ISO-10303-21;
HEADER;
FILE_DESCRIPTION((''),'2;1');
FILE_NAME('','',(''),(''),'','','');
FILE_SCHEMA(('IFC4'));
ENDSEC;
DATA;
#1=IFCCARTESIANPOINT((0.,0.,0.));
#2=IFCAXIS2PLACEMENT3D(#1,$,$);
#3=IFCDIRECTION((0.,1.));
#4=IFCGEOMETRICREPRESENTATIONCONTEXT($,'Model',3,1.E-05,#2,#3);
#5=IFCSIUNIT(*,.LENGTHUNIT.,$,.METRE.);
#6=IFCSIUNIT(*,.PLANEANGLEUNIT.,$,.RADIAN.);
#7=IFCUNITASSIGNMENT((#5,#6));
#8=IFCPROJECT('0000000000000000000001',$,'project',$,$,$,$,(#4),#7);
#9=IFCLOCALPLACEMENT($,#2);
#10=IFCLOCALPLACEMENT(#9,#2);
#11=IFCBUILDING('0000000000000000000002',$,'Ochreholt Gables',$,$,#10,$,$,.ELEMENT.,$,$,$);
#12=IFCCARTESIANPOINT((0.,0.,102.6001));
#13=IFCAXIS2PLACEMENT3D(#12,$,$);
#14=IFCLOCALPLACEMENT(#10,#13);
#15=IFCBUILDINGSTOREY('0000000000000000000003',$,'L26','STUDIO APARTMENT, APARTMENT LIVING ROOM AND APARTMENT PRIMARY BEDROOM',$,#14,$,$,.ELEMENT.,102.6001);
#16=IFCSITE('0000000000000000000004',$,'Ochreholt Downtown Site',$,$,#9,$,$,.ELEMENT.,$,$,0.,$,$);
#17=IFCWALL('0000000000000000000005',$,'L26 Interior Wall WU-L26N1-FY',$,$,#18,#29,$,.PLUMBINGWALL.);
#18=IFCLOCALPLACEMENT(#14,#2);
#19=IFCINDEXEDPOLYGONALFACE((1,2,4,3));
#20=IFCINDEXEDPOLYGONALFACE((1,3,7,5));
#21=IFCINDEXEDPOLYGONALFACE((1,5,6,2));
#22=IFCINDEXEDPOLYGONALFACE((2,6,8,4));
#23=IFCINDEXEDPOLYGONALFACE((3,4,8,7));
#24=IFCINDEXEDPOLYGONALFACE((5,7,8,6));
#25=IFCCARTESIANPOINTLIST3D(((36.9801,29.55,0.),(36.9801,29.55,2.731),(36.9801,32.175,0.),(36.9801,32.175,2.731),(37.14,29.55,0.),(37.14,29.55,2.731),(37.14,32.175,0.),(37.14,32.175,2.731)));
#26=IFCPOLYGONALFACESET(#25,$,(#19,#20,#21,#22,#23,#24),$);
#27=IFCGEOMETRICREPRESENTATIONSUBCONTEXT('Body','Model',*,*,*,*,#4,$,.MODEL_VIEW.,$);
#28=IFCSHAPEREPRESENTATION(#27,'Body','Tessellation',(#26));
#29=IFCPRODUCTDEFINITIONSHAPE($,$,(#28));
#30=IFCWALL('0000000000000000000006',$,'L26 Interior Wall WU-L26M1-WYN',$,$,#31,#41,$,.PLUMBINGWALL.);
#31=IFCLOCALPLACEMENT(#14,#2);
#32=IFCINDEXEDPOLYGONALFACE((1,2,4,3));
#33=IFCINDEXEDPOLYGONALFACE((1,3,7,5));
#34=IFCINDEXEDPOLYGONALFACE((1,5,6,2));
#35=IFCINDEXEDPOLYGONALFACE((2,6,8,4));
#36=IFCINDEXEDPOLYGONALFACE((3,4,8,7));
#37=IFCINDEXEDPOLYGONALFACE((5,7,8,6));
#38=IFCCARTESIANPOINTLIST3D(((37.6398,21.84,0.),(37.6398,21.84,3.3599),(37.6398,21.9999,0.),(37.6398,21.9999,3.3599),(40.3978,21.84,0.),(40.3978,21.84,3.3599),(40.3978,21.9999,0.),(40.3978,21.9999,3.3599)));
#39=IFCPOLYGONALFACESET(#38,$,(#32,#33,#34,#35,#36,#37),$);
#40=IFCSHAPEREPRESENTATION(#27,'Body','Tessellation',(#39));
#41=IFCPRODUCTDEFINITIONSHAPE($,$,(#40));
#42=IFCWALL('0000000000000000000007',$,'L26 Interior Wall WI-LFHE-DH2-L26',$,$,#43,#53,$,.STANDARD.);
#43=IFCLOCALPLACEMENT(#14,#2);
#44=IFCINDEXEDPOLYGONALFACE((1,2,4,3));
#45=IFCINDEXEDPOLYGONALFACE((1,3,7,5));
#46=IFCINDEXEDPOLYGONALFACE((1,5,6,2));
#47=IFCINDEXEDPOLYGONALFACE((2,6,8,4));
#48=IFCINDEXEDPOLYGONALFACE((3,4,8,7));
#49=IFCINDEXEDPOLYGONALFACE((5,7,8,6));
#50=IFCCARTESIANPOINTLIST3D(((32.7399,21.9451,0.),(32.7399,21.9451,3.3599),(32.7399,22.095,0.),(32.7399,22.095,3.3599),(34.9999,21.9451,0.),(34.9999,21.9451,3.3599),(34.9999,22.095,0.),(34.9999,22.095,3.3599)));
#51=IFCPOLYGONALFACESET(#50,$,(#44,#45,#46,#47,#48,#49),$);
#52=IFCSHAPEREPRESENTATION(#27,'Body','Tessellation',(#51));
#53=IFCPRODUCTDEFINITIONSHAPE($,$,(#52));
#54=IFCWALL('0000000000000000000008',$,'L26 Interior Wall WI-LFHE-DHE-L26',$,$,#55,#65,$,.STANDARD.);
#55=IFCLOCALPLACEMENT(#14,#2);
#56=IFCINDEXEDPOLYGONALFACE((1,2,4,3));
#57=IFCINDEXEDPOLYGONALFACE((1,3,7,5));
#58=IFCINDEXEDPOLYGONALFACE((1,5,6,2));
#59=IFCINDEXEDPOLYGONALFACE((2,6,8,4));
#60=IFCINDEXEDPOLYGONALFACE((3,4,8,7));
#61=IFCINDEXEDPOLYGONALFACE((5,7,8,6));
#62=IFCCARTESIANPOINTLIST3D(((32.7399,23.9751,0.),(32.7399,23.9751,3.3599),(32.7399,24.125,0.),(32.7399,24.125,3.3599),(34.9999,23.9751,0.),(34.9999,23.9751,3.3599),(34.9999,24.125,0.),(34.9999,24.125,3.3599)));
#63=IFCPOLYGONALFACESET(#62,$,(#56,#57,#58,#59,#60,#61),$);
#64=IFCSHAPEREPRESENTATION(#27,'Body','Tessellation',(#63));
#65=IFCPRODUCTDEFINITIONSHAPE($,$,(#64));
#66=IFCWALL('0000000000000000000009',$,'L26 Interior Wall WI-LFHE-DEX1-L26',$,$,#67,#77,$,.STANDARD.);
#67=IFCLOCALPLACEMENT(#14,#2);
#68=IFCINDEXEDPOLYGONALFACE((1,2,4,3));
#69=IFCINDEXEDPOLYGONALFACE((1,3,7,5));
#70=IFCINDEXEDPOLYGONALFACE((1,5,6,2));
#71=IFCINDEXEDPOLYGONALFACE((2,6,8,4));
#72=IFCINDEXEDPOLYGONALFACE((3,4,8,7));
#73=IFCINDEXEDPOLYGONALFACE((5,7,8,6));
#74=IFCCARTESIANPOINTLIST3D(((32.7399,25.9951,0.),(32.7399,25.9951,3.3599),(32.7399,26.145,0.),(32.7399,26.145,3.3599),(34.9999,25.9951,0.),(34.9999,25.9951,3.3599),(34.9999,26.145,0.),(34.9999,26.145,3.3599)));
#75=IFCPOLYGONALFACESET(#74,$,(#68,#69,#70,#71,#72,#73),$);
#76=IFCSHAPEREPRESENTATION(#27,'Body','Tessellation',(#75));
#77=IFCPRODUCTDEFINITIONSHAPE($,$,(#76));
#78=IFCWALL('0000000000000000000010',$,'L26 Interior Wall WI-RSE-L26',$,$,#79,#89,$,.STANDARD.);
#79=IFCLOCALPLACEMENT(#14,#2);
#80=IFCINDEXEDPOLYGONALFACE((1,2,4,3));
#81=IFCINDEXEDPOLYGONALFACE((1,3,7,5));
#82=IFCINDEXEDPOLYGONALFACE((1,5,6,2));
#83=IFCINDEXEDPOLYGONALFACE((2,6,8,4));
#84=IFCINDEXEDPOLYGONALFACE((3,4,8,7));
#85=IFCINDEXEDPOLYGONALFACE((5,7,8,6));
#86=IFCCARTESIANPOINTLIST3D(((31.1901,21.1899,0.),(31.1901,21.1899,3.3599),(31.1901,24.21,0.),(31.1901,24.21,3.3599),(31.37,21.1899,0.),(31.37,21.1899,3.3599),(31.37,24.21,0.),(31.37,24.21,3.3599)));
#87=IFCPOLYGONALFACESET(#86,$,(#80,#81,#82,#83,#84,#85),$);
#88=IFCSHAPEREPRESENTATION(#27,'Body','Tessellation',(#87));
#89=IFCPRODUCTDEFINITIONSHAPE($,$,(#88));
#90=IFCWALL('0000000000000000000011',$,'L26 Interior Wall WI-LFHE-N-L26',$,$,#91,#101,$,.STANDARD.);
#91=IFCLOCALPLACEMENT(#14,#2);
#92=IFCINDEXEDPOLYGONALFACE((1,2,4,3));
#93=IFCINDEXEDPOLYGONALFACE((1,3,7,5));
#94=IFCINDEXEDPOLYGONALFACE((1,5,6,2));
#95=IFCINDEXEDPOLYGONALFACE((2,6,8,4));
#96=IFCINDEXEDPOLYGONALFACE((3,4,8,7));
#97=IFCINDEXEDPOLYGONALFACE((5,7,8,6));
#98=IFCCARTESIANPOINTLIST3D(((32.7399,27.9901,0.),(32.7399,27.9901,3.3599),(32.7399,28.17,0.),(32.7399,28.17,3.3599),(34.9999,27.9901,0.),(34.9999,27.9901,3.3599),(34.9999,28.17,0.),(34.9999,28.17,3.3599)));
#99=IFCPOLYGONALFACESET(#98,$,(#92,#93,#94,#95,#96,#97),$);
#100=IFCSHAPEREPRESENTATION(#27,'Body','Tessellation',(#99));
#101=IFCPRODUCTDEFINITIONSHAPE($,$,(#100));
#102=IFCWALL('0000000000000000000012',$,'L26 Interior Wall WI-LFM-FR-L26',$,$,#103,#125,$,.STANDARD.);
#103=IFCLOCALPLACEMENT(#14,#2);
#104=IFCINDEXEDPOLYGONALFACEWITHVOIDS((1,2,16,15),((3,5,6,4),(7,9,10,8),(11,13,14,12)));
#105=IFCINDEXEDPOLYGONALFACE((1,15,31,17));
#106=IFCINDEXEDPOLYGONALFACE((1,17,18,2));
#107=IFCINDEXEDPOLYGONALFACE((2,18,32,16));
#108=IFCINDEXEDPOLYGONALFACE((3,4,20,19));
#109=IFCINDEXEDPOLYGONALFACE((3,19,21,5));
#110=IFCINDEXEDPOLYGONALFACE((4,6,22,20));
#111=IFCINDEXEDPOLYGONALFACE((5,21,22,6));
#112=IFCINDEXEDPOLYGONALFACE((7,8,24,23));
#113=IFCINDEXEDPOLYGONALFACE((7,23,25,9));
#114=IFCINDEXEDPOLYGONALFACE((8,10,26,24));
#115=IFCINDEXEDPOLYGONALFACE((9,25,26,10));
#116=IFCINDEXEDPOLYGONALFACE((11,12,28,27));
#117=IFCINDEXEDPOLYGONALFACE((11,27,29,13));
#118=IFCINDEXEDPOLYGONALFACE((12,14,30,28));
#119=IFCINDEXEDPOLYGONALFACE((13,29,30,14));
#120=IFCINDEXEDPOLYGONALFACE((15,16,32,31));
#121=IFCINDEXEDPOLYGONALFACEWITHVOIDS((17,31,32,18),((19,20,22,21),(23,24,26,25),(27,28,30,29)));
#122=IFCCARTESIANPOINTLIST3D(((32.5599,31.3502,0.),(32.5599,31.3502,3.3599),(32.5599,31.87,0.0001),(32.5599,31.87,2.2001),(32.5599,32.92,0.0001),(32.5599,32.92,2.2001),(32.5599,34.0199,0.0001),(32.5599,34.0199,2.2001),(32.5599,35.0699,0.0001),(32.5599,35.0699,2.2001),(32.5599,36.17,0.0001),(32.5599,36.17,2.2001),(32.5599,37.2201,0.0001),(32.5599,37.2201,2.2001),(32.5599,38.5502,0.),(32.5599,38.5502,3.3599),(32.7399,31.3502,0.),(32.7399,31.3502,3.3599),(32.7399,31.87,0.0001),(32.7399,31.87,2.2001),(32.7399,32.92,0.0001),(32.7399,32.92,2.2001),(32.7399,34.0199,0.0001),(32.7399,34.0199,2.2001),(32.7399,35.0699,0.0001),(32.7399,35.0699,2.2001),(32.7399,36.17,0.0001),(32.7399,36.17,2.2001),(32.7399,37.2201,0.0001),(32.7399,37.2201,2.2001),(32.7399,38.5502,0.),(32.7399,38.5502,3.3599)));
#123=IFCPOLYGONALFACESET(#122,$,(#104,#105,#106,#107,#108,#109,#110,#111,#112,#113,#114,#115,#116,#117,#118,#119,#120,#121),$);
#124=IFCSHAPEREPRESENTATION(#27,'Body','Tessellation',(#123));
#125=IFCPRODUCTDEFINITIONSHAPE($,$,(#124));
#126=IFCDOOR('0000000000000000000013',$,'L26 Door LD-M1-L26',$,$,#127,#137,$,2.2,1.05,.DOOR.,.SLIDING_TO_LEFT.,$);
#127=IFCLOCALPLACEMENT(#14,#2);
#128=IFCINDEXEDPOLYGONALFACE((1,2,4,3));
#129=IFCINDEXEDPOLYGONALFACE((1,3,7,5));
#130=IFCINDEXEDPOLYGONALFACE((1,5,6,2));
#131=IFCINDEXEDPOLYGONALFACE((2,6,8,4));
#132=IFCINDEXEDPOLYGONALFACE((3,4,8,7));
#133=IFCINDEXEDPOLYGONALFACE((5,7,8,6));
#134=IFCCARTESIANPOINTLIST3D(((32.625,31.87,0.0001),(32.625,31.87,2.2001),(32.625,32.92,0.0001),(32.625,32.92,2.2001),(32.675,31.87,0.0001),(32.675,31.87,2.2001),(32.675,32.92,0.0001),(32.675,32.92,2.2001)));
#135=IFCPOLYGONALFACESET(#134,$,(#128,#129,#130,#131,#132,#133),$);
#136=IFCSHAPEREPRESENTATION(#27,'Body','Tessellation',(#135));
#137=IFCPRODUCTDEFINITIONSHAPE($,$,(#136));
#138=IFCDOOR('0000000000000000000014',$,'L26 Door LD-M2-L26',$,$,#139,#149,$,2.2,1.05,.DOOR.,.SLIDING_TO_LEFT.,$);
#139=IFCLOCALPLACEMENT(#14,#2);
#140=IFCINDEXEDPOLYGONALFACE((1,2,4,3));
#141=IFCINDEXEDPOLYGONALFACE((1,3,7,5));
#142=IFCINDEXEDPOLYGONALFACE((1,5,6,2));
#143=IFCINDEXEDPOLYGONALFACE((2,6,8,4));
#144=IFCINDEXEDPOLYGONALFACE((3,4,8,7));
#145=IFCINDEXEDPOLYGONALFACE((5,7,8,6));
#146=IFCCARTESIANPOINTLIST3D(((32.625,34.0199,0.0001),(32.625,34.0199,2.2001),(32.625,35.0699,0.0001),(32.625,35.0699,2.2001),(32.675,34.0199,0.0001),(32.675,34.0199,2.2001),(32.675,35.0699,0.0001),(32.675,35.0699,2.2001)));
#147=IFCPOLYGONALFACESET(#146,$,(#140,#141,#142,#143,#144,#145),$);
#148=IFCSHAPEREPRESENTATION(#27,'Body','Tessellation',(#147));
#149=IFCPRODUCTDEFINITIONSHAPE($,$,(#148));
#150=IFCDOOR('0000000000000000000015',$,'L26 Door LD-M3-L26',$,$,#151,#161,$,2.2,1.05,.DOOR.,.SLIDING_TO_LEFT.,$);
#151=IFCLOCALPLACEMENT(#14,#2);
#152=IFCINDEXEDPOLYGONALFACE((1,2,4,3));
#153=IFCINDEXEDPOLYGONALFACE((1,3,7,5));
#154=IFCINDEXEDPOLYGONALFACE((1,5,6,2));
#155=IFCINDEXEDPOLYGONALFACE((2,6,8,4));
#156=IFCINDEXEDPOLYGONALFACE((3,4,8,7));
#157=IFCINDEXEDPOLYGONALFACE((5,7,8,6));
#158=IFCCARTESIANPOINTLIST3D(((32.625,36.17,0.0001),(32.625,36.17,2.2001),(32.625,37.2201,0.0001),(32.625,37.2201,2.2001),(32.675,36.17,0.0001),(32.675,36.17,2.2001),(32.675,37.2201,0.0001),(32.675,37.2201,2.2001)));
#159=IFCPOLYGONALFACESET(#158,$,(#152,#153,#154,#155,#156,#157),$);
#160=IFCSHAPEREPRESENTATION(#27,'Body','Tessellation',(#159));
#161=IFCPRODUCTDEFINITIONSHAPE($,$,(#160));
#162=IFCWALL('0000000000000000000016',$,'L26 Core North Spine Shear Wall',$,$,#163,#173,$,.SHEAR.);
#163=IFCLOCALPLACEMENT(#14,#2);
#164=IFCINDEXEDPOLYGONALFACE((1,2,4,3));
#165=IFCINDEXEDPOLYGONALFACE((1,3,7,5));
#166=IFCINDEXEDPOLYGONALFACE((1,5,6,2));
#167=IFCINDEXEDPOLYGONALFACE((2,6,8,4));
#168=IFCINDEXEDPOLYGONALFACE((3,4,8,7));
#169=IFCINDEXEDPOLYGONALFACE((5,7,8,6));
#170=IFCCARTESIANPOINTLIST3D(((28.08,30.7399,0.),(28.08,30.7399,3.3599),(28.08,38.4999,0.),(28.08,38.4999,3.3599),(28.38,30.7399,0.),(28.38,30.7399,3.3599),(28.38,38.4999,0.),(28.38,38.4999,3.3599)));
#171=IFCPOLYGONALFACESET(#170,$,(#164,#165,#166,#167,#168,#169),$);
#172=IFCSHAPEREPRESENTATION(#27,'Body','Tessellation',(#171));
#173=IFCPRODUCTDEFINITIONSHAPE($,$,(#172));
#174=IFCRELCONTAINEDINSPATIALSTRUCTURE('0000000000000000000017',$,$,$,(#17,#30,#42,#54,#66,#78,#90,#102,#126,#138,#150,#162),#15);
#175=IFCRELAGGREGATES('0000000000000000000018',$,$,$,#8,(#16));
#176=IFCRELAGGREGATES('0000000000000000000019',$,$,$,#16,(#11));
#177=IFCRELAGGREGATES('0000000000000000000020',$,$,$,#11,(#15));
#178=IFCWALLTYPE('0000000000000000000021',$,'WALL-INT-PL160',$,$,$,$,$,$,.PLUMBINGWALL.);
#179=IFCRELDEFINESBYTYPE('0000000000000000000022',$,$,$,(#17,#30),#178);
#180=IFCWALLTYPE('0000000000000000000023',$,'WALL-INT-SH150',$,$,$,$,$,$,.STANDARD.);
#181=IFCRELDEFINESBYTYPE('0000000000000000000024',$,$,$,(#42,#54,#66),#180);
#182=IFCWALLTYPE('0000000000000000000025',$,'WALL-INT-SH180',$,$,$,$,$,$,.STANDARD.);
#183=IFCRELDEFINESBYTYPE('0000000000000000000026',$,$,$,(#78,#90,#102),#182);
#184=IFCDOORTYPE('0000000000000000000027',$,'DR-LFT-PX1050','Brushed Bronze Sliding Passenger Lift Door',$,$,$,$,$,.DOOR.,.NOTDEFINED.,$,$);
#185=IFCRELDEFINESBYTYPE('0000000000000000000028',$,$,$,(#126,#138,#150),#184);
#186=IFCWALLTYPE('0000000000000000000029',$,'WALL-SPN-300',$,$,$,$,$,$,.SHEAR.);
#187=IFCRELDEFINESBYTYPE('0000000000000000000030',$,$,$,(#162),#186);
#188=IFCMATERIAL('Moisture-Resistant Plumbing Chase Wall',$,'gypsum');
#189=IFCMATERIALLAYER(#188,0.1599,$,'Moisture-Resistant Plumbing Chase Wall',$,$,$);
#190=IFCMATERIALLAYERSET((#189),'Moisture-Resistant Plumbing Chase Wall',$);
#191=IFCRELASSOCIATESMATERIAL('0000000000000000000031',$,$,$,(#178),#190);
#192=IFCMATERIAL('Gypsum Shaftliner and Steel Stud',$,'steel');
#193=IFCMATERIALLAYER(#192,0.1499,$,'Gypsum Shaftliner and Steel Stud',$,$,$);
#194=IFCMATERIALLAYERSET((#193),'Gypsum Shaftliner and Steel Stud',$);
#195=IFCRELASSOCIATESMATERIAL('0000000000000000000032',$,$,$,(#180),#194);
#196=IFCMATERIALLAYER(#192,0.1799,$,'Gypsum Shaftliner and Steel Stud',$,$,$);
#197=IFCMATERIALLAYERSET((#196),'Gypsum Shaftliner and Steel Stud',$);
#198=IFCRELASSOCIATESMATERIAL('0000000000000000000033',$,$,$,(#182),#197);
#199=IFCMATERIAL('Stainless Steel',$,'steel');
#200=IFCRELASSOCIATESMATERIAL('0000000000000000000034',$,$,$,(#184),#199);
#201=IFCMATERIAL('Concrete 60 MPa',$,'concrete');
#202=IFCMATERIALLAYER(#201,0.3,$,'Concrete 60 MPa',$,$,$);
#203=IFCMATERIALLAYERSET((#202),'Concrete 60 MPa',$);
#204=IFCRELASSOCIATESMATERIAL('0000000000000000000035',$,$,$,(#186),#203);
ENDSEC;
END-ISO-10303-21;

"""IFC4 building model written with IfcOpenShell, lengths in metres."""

from ifc_helpers import new_model, si_unit, direction, frame, frame_2d, origin, place, context, subcontext, project, spatial, rectangle, extrude, material, layer, layer_set, type_object, element, fill, save


model = new_model("IFC4")

# Units and contexts
model_context = context("Model", 3, precision=1e-05, world=origin(), true_north=direction((0.0, 1.0)))
body_context = subcontext(model_context, "Body", "Model", "MODEL_VIEW")
ifc_project = project(units=[si_unit("LENGTHUNIT", "METRE"), si_unit("PLANEANGLEUNIT", "RADIAN")], contexts=[model_context])

# Site, building, storey
site_placement = place(None, origin())
site = spatial("IfcSite", under=ifc_project, at=site_placement, Name="Ochreholt Downtown Site", CompositionType="ELEMENT", RefElevation=0.0)
building_placement = place(site_placement, origin())
building = spatial("IfcBuilding", under=site, at=building_placement, Name="Ochreholt Gables", CompositionType="ELEMENT")
storey_placement = place(building_placement, frame((0.0, 0.0, 102.6001)))
storey = spatial("IfcBuildingStorey", under=building, at=storey_placement, Name="L26", Description="STUDIO APARTMENT, APARTMENT LIVING ROOM AND APARTMENT PRIMARY BEDROOM", CompositionType="ELEMENT", Elevation=102.6001)

# Shared definitions
ifc_material_1 = material(Name="Concrete 60 MPa", Category="concrete")

# Walls
ifc_material_2 = material(Name="Moisture-Resistant Plumbing Chase Wall", Category="gypsum")
ifc_layer_1 = layer(ifc_material_2, 0.1599, Name="Moisture-Resistant Plumbing Chase Wall")
ifc_layer_set_1 = layer_set([ifc_layer_1], Name="Moisture-Resistant Plumbing Chase Wall")
wall_type_1 = type_object("IfcWallType", Name="WALL-INT-PL160", PredefinedType="PLUMBINGWALL", material=ifc_layer_set_1)
wall_1_placement = place(storey_placement, frame((37.0601, 29.55, 0.0), z_axis=(0.0, 0.0, 1.0), x_axis=(0.0, 1.0, 0.0)))
element("IfcWall", 1, at=wall_1_placement, inside=storey, type_object=wall_type_1, Name="L26 Interior Wall WU-L26N1-FY", PredefinedType="PLUMBINGWALL", context=body_context, shape_type="SweptSolid", body=[
    extrude(rectangle(XDim=2.625, YDim=0.1599, at=frame_2d((1.3125, 0.0))), origin(), (0.0, 0.0, 1.0), 2.731),
])
wall_2_placement = place(storey_placement, frame((37.6399, 21.9199, 0.0), z_axis=(0.0, 0.0, 1.0), x_axis=(1.0, 0.0, 0.0)))
element("IfcWall", 2, at=wall_2_placement, inside=storey, type_object=wall_type_1, Name="L26 Interior Wall WU-L26M1-WYN", PredefinedType="PLUMBINGWALL", context=body_context, shape_type="SweptSolid", body=[
    extrude(rectangle(XDim=2.7581, YDim=0.1599, at=frame_2d((1.3789, 0.0))), origin(), (0.0, 0.0, 1.0), 3.3599),
])
ifc_material_3 = material(Name="Gypsum Shaftliner and Steel Stud", Category="steel")
ifc_layer_2 = layer(ifc_material_3, 0.1499, Name="Gypsum Shaftliner and Steel Stud")
ifc_layer_set_2 = layer_set([ifc_layer_2], Name="Gypsum Shaftliner and Steel Stud")
wall_type_2 = type_object("IfcWallType", Name="WALL-INT-SH150", PredefinedType="STANDARD", material=ifc_layer_set_2)
for number, where, z_axis, x_axis, name in (
    (3, (32.74, 22.02, 0.0), (0.0, 0.0, 1.0), (1.0, 0.0, 0.0), "L26 Interior Wall WI-LFHE-DH2-L26"),
    (4, (32.74, 24.05, 0.0), (0.0, 0.0, 1.0), (1.0, 0.0, 0.0), "L26 Interior Wall WI-LFHE-DHE-L26"),
    (5, (32.74, 26.0701, 0.0), (0.0, 0.0, 1.0), (1.0, 0.0, 0.0), "L26 Interior Wall WI-LFHE-DEX1-L26"),
):
    element("IfcWall", number, at=place(storey_placement, frame(where, z_axis=z_axis, x_axis=x_axis)), inside=storey, type_object=wall_type_2, Name=name, PredefinedType="STANDARD", context=body_context, shape_type="SweptSolid", body=[
        extrude(rectangle(XDim=2.26, YDim=0.1499, at=frame_2d((1.1299, 0.0))), origin(), (0.0, 0.0, 1.0), 3.3599),
    ])
ifc_layer_3 = layer(ifc_material_3, 0.1799, Name="Gypsum Shaftliner and Steel Stud")
ifc_layer_set_3 = layer_set([ifc_layer_3], Name="Gypsum Shaftliner and Steel Stud")
wall_type_3 = type_object("IfcWallType", Name="WALL-INT-SH180", PredefinedType="STANDARD", material=ifc_layer_set_3)
wall_3_placement = place(storey_placement, frame((31.28, 21.1899, 0.0), z_axis=(0.0, 0.0, 1.0), x_axis=(0.0, 1.0, 0.0)))
element("IfcWall", 6, at=wall_3_placement, inside=storey, type_object=wall_type_3, Name="L26 Interior Wall WI-RSE-L26", PredefinedType="STANDARD", context=body_context, shape_type="SweptSolid", body=[
    extrude(rectangle(XDim=3.02, YDim=0.1799, at=frame_2d((1.51, 0.0))), origin(), (0.0, 0.0, 1.0), 3.3599),
])
wall_4_placement = place(storey_placement, frame((32.74, 28.0801, 0.0), z_axis=(0.0, 0.0, 1.0), x_axis=(1.0, 0.0, 0.0)))
element("IfcWall", 7, at=wall_4_placement, inside=storey, type_object=wall_type_3, Name="L26 Interior Wall WI-LFHE-N-L26", PredefinedType="STANDARD", context=body_context, shape_type="SweptSolid", body=[
    extrude(rectangle(XDim=2.26, YDim=0.1799, at=frame_2d((1.1299, 0.0))), origin(), (0.0, 0.0, 1.0), 3.3599),
])

# Wall, openings, doors
wall_5_placement = place(storey_placement, frame((32.6499, 31.3501, 0.0), z_axis=(0.0, 0.0, 1.0), x_axis=(0.0, 1.0, 0.0)))
wall_5 = element("IfcWall", 8, at=wall_5_placement, inside=storey, type_object=wall_type_3, Name="L26 Interior Wall WI-LFM-FR-L26", PredefinedType="STANDARD", context=body_context, shape_type="SweptSolid", body=[
    extrude(rectangle(XDim=7.2, YDim=0.1799, at=frame_2d((3.6001, 0.0))), origin(), (0.0, 0.0, 1.0), 3.3599),
])
opening_1_placement = place(wall_5_placement, frame((0.52, 0.0, 0.0)))
opening_1 = element("IfcOpeningElement", 9, at=opening_1_placement, cuts=wall_5, PredefinedType="OPENING", context=body_context, shape_type="SweptSolid", body=[
    extrude(rectangle(XDim=1.05, YDim=2.2, at=frame_2d((0.5249, 1.1001))), frame((0.0, 0.0999, 0.0), z_axis=(0.0, -1.0, 0.0), x_axis=(1.0, 0.0, 0.0)), (0.0, 0.0, 1.0), 0.2),
])
opening_2_placement = place(wall_5_placement, frame((2.6699, 0.0, 0.0)))
opening_2 = element("IfcOpeningElement", 10, at=opening_2_placement, cuts=wall_5, PredefinedType="OPENING", context=body_context, shape_type="SweptSolid", body=[
    extrude(rectangle(XDim=1.05, YDim=2.2, at=frame_2d((0.5249, 1.1001))), frame((0.0, 0.0999, 0.0), z_axis=(0.0, -1.0, 0.0), x_axis=(1.0, 0.0, 0.0)), (0.0, 0.0, 1.0), 0.2),
])
opening_3_placement = place(wall_5_placement, frame((4.8201, 0.0, 0.0)))
opening_3 = element("IfcOpeningElement", 11, at=opening_3_placement, cuts=wall_5, PredefinedType="OPENING", context=body_context, shape_type="SweptSolid", body=[
    extrude(rectangle(XDim=1.05, YDim=2.2, at=frame_2d((0.5249, 1.1001))), frame((0.0, 0.0999, 0.0), z_axis=(0.0, -1.0, 0.0), x_axis=(1.0, 0.0, 0.0)), (0.0, 0.0, 1.0), 0.2),
])
ifc_material_4 = material(Name="Stainless Steel", Category="steel")
door_type_1 = type_object("IfcDoorType", Name="DR-LFT-PX1050", Description="Brushed Bronze Sliding Passenger Lift Door", OperationType="NOTDEFINED", PredefinedType="DOOR", material=ifc_material_4)
door_1_placement = place(opening_1_placement, origin())
door_1 = element("IfcDoor", 12, at=door_1_placement, inside=storey, type_object=door_type_1, Name="L26 Door LD-M1-L26", OperationType="SLIDING_TO_LEFT", OverallHeight=2.2, OverallWidth=1.05, PredefinedType="DOOR", context=body_context, shape_type="SweptSolid", body=[
    extrude(rectangle(XDim=1.05, YDim=2.2, at=frame_2d((0.5249, 1.1001))), frame((0.0, 0.0249, 0.0), z_axis=(0.0, -1.0, 0.0), x_axis=(1.0, 0.0, 0.0)), (0.0, 0.0, 1.0), 0.05),
])
fill(opening_1, door_1)
door_2_placement = place(opening_2_placement, origin())
door_2 = element("IfcDoor", 13, at=door_2_placement, inside=storey, type_object=door_type_1, Name="L26 Door LD-M2-L26", OperationType="SLIDING_TO_LEFT", OverallHeight=2.2, OverallWidth=1.05, PredefinedType="DOOR", context=body_context, shape_type="SweptSolid", body=[
    extrude(rectangle(XDim=1.05, YDim=2.2, at=frame_2d((0.5249, 1.1001))), frame((0.0, 0.0249, 0.0), z_axis=(0.0, -1.0, 0.0), x_axis=(1.0, 0.0, 0.0)), (0.0, 0.0, 1.0), 0.05),
])
fill(opening_2, door_2)
door_3_placement = place(opening_3_placement, origin())
door_3 = element("IfcDoor", 14, at=door_3_placement, inside=storey, type_object=door_type_1, Name="L26 Door LD-M3-L26", OperationType="SLIDING_TO_LEFT", OverallHeight=2.2, OverallWidth=1.05, PredefinedType="DOOR", context=body_context, shape_type="SweptSolid", body=[
    extrude(rectangle(XDim=1.05, YDim=2.2, at=frame_2d((0.5249, 1.1001))), frame((0.0, 0.0249, 0.0), z_axis=(0.0, -1.0, 0.0), x_axis=(1.0, 0.0, 0.0)), (0.0, 0.0, 1.0), 0.05),
])
fill(opening_3, door_3)

# Wall
ifc_layer_4 = layer(ifc_material_1, 0.3, Name="Concrete 60 MPa")
ifc_layer_set_4 = layer_set([ifc_layer_4], Name="Concrete 60 MPa")
wall_type_4 = type_object("IfcWallType", Name="WALL-SPN-300", PredefinedType="SHEAR", material=ifc_layer_set_4)
wall_6_placement = place(storey_placement, frame((28.23, 30.74, 0.0), z_axis=(0.0, 0.0, 1.0), x_axis=(0.0, 1.0, 0.0)))
element("IfcWall", 15, at=wall_6_placement, inside=storey, type_object=wall_type_4, Name="L26 Core North Spine Shear Wall", PredefinedType="SHEAR", context=body_context, shape_type="SweptSolid", body=[
    extrude(rectangle(XDim=7.76, YDim=0.3, at=frame_2d((3.8799, 0.0))), origin(), (0.0, 0.0, 1.0), 3.3599),
])

save(model, "model.ifc")
